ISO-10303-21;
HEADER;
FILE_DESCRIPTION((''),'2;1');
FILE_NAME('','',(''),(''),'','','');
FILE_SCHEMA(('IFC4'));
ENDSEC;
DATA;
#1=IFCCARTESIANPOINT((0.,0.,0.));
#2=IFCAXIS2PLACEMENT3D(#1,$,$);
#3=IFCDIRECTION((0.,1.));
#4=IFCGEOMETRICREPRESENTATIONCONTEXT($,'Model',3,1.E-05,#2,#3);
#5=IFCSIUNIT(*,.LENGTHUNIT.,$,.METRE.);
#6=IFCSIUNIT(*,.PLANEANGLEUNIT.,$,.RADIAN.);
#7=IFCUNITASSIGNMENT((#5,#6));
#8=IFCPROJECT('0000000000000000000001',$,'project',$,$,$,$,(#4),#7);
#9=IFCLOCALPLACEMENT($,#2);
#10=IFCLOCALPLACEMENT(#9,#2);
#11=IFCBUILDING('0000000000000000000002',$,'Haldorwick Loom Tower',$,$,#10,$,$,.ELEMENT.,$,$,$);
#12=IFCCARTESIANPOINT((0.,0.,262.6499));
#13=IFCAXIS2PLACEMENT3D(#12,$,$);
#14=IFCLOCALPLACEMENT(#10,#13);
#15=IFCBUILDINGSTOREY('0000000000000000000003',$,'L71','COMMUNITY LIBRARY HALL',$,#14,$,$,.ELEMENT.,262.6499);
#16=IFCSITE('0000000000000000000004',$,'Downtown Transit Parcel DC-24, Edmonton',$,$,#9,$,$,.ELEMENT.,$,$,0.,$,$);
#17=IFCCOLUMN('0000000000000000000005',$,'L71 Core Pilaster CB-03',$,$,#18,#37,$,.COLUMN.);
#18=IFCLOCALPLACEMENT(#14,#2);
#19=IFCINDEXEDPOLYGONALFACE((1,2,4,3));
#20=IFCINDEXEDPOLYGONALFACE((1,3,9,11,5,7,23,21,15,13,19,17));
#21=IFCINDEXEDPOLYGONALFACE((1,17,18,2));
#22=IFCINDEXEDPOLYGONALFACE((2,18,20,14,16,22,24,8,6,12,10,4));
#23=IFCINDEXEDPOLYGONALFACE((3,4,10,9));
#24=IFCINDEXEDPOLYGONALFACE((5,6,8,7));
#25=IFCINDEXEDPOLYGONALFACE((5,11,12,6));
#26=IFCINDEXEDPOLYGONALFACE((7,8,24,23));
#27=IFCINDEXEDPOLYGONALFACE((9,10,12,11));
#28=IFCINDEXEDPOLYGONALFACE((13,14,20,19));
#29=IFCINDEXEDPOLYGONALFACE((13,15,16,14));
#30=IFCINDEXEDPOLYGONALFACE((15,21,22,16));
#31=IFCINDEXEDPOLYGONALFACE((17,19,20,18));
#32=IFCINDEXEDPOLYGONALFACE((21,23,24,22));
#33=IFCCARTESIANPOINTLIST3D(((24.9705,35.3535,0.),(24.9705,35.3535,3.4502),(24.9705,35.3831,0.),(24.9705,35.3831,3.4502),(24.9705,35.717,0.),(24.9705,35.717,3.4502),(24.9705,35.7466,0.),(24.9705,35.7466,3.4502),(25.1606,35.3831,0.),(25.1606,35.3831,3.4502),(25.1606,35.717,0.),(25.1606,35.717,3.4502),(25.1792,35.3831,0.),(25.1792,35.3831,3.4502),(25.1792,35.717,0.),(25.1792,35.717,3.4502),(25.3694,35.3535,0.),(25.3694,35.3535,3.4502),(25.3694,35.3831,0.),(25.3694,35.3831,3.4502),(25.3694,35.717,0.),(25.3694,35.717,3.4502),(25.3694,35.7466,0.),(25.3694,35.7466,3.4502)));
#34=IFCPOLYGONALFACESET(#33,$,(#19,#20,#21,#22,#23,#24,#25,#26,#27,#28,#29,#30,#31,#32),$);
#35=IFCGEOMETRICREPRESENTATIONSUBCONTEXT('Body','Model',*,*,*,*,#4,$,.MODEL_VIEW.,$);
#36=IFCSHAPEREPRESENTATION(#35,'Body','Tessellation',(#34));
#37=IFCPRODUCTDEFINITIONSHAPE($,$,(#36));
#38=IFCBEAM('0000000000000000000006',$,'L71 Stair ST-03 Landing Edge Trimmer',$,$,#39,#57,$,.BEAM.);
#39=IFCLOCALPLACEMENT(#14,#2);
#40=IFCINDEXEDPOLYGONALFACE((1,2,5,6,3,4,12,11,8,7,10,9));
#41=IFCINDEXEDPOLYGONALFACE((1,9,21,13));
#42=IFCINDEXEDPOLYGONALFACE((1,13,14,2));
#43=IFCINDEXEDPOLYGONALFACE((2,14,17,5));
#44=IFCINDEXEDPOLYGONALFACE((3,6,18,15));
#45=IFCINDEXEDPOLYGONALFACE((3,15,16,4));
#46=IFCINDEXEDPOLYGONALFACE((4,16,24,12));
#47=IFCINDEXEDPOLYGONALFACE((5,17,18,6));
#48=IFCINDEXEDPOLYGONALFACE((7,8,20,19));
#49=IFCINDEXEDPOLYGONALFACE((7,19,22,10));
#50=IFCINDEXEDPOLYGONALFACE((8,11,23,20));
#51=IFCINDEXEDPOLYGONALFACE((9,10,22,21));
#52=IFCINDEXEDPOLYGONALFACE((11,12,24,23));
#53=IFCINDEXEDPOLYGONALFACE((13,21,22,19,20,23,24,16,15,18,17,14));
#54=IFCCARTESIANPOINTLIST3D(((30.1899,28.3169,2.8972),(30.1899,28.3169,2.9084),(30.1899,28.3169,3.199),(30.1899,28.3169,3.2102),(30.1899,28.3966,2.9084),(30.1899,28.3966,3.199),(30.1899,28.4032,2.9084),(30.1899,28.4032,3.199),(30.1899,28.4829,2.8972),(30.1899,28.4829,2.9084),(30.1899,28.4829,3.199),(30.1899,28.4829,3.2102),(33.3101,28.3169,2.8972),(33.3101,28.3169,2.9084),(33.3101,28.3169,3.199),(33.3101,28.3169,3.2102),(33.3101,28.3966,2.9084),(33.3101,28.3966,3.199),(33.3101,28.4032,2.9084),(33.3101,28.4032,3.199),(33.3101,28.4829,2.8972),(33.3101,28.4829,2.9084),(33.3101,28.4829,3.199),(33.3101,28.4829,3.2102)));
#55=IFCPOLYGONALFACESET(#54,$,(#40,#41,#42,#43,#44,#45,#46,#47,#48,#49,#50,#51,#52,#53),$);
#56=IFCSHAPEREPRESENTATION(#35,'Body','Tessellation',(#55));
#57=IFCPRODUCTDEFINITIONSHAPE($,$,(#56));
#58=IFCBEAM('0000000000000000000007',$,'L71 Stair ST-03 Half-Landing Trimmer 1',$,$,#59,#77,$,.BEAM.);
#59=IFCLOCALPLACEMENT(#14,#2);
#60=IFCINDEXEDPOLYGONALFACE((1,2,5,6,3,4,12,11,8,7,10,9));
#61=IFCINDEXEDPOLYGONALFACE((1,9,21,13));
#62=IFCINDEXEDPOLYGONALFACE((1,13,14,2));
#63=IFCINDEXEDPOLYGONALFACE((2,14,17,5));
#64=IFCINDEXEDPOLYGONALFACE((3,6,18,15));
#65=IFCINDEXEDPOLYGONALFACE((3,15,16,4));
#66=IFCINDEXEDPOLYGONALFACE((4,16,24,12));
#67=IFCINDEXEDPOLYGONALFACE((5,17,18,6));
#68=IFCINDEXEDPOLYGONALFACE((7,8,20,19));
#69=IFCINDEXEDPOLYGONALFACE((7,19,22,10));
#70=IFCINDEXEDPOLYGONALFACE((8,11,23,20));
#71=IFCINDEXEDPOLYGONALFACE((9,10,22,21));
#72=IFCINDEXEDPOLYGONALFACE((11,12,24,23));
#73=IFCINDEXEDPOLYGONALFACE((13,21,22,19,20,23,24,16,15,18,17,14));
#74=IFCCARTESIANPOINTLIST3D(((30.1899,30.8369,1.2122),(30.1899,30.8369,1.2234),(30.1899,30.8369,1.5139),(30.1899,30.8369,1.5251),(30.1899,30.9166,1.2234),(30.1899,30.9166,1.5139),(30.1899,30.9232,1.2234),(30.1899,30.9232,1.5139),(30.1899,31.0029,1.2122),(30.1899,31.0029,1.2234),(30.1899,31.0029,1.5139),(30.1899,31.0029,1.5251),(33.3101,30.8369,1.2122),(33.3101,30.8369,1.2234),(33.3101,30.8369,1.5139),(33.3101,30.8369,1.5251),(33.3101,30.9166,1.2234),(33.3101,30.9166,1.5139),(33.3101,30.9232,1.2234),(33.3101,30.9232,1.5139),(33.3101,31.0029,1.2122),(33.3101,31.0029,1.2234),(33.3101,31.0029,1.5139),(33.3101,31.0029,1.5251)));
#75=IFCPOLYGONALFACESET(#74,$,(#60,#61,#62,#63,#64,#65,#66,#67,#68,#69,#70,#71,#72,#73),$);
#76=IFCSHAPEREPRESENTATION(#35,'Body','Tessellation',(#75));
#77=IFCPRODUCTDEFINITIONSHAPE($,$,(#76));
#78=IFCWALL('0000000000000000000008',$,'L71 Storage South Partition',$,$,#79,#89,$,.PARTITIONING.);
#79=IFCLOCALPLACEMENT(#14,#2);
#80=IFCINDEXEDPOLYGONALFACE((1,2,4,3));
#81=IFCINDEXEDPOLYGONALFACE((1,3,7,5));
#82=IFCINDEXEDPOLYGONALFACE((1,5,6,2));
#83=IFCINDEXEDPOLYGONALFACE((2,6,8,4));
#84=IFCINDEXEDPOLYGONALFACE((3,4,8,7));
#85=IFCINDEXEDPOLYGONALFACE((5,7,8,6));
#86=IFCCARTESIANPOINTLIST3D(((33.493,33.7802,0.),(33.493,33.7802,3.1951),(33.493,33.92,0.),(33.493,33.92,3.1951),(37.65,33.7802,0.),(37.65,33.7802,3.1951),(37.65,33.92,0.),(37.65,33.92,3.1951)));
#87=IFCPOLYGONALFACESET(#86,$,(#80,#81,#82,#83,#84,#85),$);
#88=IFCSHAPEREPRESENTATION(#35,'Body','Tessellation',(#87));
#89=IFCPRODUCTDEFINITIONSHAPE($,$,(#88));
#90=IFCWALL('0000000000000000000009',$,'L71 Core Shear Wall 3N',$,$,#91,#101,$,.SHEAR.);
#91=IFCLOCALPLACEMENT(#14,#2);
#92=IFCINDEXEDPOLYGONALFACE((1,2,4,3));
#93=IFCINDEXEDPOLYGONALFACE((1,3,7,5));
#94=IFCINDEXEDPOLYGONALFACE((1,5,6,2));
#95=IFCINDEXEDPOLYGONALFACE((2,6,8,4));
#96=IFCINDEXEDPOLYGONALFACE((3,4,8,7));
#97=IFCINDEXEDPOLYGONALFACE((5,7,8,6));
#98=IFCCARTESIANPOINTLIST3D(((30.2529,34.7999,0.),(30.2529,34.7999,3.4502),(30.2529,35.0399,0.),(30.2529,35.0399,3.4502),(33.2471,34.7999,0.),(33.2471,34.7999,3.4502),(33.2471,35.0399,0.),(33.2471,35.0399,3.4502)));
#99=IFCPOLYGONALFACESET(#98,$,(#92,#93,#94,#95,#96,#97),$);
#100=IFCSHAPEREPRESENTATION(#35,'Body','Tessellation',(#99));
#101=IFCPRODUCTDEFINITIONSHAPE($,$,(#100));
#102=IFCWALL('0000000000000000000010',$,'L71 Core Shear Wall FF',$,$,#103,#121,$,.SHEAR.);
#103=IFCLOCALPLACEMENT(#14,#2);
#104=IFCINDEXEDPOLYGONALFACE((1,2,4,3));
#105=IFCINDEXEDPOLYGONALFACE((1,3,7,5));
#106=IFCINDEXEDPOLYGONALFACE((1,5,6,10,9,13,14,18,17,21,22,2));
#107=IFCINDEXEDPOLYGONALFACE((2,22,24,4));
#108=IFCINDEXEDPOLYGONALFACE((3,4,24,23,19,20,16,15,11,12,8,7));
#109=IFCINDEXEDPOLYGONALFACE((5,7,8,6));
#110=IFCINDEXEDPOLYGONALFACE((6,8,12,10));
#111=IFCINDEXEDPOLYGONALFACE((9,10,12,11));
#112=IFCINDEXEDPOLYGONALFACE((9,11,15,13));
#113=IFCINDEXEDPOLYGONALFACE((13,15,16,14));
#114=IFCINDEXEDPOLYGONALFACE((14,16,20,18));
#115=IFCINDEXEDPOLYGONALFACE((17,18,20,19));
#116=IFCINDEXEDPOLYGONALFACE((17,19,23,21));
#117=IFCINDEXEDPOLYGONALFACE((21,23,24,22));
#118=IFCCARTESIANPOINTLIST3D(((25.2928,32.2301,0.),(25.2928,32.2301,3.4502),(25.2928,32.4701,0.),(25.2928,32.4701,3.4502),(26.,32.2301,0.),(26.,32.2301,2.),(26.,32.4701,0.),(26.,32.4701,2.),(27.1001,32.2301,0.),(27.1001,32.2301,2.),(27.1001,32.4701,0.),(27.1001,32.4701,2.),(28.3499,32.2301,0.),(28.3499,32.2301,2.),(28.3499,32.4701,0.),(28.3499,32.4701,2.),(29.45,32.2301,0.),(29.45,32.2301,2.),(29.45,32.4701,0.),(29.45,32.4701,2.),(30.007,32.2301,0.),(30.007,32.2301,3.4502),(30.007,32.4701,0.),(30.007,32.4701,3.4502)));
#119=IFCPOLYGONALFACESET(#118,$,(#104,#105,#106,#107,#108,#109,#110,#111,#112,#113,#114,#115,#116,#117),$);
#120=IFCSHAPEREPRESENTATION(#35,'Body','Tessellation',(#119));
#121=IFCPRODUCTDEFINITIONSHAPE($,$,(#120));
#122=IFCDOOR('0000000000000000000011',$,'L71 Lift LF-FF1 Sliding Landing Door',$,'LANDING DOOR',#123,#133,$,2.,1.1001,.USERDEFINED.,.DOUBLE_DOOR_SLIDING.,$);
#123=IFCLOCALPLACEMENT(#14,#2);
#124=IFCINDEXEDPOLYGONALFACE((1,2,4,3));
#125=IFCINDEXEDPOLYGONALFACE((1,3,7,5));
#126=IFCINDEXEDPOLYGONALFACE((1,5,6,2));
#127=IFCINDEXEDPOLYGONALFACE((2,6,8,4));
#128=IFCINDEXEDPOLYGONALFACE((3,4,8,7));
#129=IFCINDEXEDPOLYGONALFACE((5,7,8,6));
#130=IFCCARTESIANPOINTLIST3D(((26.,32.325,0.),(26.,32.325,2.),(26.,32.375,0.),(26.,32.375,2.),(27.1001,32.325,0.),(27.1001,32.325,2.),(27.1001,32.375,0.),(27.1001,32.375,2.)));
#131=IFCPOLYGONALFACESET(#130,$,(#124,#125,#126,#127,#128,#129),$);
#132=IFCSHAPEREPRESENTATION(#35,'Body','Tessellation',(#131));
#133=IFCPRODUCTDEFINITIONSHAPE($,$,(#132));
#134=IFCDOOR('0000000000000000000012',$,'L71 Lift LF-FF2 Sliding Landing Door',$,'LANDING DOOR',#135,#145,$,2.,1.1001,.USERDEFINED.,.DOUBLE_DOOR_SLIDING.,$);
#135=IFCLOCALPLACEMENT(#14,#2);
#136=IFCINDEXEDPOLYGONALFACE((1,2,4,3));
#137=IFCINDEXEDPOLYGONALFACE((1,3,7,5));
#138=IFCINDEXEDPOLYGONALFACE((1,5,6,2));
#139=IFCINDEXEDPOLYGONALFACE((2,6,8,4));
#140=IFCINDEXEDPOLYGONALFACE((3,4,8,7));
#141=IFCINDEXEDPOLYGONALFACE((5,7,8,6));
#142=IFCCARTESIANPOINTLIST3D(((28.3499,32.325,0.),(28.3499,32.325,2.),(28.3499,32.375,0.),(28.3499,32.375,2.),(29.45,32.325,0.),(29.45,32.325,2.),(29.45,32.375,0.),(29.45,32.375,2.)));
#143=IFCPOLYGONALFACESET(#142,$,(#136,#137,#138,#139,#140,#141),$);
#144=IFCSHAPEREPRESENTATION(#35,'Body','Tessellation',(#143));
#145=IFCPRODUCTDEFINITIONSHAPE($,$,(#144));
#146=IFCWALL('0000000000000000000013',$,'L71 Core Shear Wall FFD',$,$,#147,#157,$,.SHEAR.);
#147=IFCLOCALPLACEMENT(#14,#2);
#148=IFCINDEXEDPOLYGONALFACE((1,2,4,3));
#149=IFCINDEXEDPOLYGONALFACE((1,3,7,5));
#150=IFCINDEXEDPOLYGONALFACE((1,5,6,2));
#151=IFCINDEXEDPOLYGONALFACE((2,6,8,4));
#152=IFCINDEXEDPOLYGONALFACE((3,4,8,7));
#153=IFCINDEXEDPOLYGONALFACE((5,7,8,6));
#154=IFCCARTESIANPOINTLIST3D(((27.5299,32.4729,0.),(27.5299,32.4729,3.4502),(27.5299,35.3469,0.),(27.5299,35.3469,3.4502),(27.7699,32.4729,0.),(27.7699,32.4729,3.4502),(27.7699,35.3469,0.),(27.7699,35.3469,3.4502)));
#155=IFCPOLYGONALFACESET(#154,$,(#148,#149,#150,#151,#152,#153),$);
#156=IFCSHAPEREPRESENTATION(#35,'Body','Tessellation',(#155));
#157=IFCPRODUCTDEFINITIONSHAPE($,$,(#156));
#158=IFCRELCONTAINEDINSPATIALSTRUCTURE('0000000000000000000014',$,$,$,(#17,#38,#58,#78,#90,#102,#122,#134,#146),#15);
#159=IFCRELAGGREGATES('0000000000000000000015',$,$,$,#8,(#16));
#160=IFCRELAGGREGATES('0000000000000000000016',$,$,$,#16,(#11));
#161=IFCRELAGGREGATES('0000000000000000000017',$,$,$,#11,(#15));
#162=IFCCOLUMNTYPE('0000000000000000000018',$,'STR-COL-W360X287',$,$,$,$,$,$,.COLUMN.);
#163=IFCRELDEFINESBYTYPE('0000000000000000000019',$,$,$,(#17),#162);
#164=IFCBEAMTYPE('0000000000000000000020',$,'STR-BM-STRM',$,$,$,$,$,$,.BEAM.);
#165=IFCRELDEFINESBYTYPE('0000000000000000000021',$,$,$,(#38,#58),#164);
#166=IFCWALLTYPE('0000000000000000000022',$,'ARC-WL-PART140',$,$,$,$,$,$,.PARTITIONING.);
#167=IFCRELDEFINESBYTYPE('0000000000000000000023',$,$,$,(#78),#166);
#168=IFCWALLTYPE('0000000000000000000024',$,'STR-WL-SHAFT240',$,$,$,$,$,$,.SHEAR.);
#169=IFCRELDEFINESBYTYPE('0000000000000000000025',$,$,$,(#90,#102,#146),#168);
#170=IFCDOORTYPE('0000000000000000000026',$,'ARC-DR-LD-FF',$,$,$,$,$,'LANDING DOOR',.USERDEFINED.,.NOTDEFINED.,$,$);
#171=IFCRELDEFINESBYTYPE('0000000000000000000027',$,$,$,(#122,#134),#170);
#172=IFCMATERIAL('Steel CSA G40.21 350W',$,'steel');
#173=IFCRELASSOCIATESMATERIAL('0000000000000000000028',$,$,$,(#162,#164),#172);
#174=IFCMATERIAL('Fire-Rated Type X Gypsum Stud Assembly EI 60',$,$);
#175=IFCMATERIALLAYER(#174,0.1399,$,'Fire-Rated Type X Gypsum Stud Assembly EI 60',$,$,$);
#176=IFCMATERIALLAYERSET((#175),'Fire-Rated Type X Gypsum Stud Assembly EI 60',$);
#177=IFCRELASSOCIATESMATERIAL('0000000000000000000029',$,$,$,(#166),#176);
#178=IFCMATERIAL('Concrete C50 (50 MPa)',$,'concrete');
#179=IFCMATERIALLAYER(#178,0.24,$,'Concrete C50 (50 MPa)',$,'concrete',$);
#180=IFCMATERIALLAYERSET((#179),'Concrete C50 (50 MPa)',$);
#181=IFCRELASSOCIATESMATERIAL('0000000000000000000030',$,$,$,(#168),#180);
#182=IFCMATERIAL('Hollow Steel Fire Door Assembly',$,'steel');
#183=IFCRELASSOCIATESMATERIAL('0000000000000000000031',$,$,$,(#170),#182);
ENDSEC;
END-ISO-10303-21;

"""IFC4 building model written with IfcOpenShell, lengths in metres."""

from ifc_helpers import new_model, si_unit, direction, frame, frame_2d, origin, origin_2d, place, context, subcontext, project, spatial, rectangle, i_section, extrude, material, layer, layer_set, material_profile, profile_set, type_object, element, fill, save


model = new_model("IFC4")

# Units and contexts
model_context = context("Model", 3, precision=1e-05, world=origin(), true_north=direction((0.0, 1.0)))
body_context = subcontext(model_context, "Body", "Model", "MODEL_VIEW")
ifc_project = project(units=[si_unit("LENGTHUNIT", "METRE"), si_unit("PLANEANGLEUNIT", "RADIAN")], contexts=[model_context])

# Site, building, storey
site_placement = place(None, origin())
site = spatial("IfcSite", under=ifc_project, at=site_placement, Name="Downtown Transit Parcel DC-24, Edmonton", CompositionType="ELEMENT", RefElevation=0.0)
building_placement = place(site_placement, origin())
building = spatial("IfcBuilding", under=site, at=building_placement, Name="Haldorwick Loom Tower", CompositionType="ELEMENT")
storey_placement = place(building_placement, frame((0.0, 0.0, 262.6499)))
storey = spatial("IfcBuildingStorey", under=building, at=storey_placement, Name="L71", Description="COMMUNITY LIBRARY HALL", CompositionType="ELEMENT", Elevation=262.6499)

# Column
ifc_material_1 = material(Name="Steel CSA G40.21 350W", Category="steel")
ifc_material_profile_1 = material_profile(ifc_material_1, i_section(OverallWidth=0.3989, OverallDepth=0.3931, WebThickness=0.0186, FlangeThickness=0.0295, at=origin_2d()), Name="W360X287", Category="steel")
ifc_profile_set_1 = profile_set([ifc_material_profile_1], Name="Steel CSA G40.21 350W")
column_type = type_object("IfcColumnType", Name="STR-COL-W360X287", PredefinedType="COLUMN", material=ifc_profile_set_1)
column_placement = place(storey_placement, frame((25.1699, 35.55, 0.0), z_axis=(0.0, 0.0, 1.0), x_axis=(1.0, 0.0, 0.0)))
element("IfcColumn", 1, at=column_placement, inside=storey, type_object=column_type, Name="L71 Core Pilaster CB-03", PredefinedType="COLUMN", context=body_context, shape_type="SweptSolid", body=[
    extrude(i_section(OverallWidth=0.3989, OverallDepth=0.3931, WebThickness=0.0186, FlangeThickness=0.0295, at=origin_2d()), origin(), (0.0, 0.0, 1.0), 3.4502),
])

# Beams
ifc_material_profile_2 = material_profile(ifc_material_1, i_section(OverallWidth=0.166, OverallDepth=0.313, WebThickness=0.0066, FlangeThickness=0.0112, at=origin_2d()), Name="W310X45", Category="steel")
ifc_profile_set_2 = profile_set([ifc_material_profile_2], Name="Steel CSA G40.21 350W")
beam_type = type_object("IfcBeamType", Name="STR-BM-STRM", PredefinedType="BEAM", material=ifc_profile_set_2)
for number, where, z_axis, x_axis, name in (
    (2, (30.1899, 28.3999, 3.0537), (1.0, 0.0, 0.0), (0.0, 1.0, 0.0), "L71 Stair ST-03 Landing Edge Trimmer"),
    (3, (30.1899, 30.9199, 1.3687), (1.0, 0.0, 0.0), (0.0, 1.0, 0.0), "L71 Stair ST-03 Half-Landing Trimmer 1"),
):
    element("IfcBeam", number, at=place(storey_placement, frame(where, z_axis=z_axis, x_axis=x_axis)), inside=storey, type_object=beam_type, Name=name, PredefinedType="BEAM", context=body_context, shape_type="SweptSolid", body=[
        extrude(i_section(OverallWidth=0.166, OverallDepth=0.313, WebThickness=0.0066, FlangeThickness=0.0112, at=origin_2d()), origin(), (0.0, 0.0, 1.0), 3.1201),
    ])

# Walls
ifc_material_2 = material(Name="Fire-Rated Type X Gypsum Stud Assembly EI 60")
ifc_layer_1 = layer(ifc_material_2, 0.1399, Name="Fire-Rated Type X Gypsum Stud Assembly EI 60")
ifc_layer_set_1 = layer_set([ifc_layer_1], Name="Fire-Rated Type X Gypsum Stud Assembly EI 60")
wall_type_1 = type_object("IfcWallType", Name="ARC-WL-PART140", PredefinedType="PARTITIONING", material=ifc_layer_set_1)
wall_1_placement = place(storey_placement, frame((33.4929, 33.8501, 0.0), z_axis=(0.0, 0.0, 1.0), x_axis=(1.0, 0.0, 0.0)))
element("IfcWall", 4, at=wall_1_placement, inside=storey, type_object=wall_type_1, Name="L71 Storage South Partition", PredefinedType="PARTITIONING", context=body_context, shape_type="SweptSolid", body=[
    extrude(rectangle(XDim=4.157, YDim=0.1399, at=frame_2d((2.0786, 0.0))), origin(), (0.0, 0.0, 1.0), 3.1951),
])
ifc_material_3 = material(Name="Concrete C50 (50 MPa)", Category="concrete")
ifc_layer_2 = layer(ifc_material_3, 0.24, Name="Concrete C50 (50 MPa)", Category="concrete")
ifc_layer_set_2 = layer_set([ifc_layer_2], Name="Concrete C50 (50 MPa)")
wall_type_2 = type_object("IfcWallType", Name="STR-WL-SHAFT240", PredefinedType="SHEAR", material=ifc_layer_set_2)
wall_2_placement = place(storey_placement, frame((30.2529, 34.9199, 0.0), z_axis=(0.0, 0.0, 1.0), x_axis=(1.0, 0.0, 0.0)))
element("IfcWall", 5, at=wall_2_placement, inside=storey, type_object=wall_type_2, Name="L71 Core Shear Wall 3N", PredefinedType="SHEAR", context=body_context, shape_type="SweptSolid", body=[
    extrude(rectangle(XDim=2.9941, YDim=0.24, at=frame_2d((1.4971, 0.0))), origin(), (0.0, 0.0, 1.0), 3.4502),
])

# Wall, openings, doors
wall_3_placement = place(storey_placement, frame((25.293, 32.3501, 0.0), z_axis=(0.0, 0.0, 1.0), x_axis=(1.0, 0.0, 0.0)))
wall_3 = element("IfcWall", 6, at=wall_3_placement, inside=storey, type_object=wall_type_2, Name="L71 Core Shear Wall FF", PredefinedType="SHEAR", context=body_context, shape_type="SweptSolid", body=[
    extrude(rectangle(XDim=4.7141, YDim=0.24, at=frame_2d((2.3569, 0.0))), origin(), (0.0, 0.0, 1.0), 3.4502),
])
opening_1_placement = place(wall_3_placement, frame((0.707, 0.0, 0.0)))
opening_1 = element("IfcOpeningElement", 7, at=opening_1_placement, cuts=wall_3, PredefinedType="OPENING", context=body_context, shape_type="SweptSolid", body=[
    extrude(rectangle(XDim=1.1001, YDim=2.0, at=frame_2d((0.55, 1.0))), frame((0.0, 0.1299, 0.0), z_axis=(0.0, -1.0, 0.0), x_axis=(1.0, 0.0, 0.0)), (0.0, 0.0, 1.0), 0.26),
])
opening_2_placement = place(wall_3_placement, frame((3.0569, 0.0, 0.0)))
opening_2 = element("IfcOpeningElement", 8, at=opening_2_placement, cuts=wall_3, PredefinedType="OPENING", context=body_context, shape_type="SweptSolid", body=[
    extrude(rectangle(XDim=1.1001, YDim=2.0, at=frame_2d((0.55, 1.0))), frame((0.0, 0.1299, 0.0), z_axis=(0.0, -1.0, 0.0), x_axis=(1.0, 0.0, 0.0)), (0.0, 0.0, 1.0), 0.26),
])
ifc_material_4 = material(Name="Hollow Steel Fire Door Assembly", Category="steel")
door_type_1 = type_object("IfcDoorType", Name="ARC-DR-LD-FF", ElementType="LANDING DOOR", OperationType="NOTDEFINED", PredefinedType="USERDEFINED", material=ifc_material_4)
door_1_placement = place(opening_1_placement, origin())
door_1 = element("IfcDoor", 9, at=door_1_placement, inside=storey, type_object=door_type_1, Name="L71 Lift LF-FF1 Sliding Landing Door", ObjectType="LANDING DOOR", OperationType="DOUBLE_DOOR_SLIDING", OverallHeight=2.0, OverallWidth=1.1001, PredefinedType="USERDEFINED", context=body_context, shape_type="SweptSolid", body=[
    extrude(rectangle(XDim=1.1001, YDim=2.0, at=frame_2d((0.55, 1.0))), frame((0.0, 0.0249, 0.0), z_axis=(0.0, -1.0, 0.0), x_axis=(1.0, 0.0, 0.0)), (0.0, 0.0, 1.0), 0.05),
])
fill(opening_1, door_1)
door_2_placement = place(opening_2_placement, origin())
door_2 = element("IfcDoor", 10, at=door_2_placement, inside=storey, type_object=door_type_1, Name="L71 Lift LF-FF2 Sliding Landing Door", ObjectType="LANDING DOOR", OperationType="DOUBLE_DOOR_SLIDING", OverallHeight=2.0, OverallWidth=1.1001, PredefinedType="USERDEFINED", context=body_context, shape_type="SweptSolid", body=[
    extrude(rectangle(XDim=1.1001, YDim=2.0, at=frame_2d((0.55, 1.0))), frame((0.0, 0.0249, 0.0), z_axis=(0.0, -1.0, 0.0), x_axis=(1.0, 0.0, 0.0)), (0.0, 0.0, 1.0), 0.05),
])
fill(opening_2, door_2)

# Wall
wall_4_placement = place(storey_placement, frame((27.6499, 32.4729, 0.0), z_axis=(0.0, 0.0, 1.0), x_axis=(0.0, 1.0, 0.0)))
element("IfcWall", 11, at=wall_4_placement, inside=storey, type_object=wall_type_2, Name="L71 Core Shear Wall FFD", PredefinedType="SHEAR", context=body_context, shape_type="SweptSolid", body=[
    extrude(rectangle(XDim=2.874, YDim=0.24, at=frame_2d((1.437, 0.0))), origin(), (0.0, 0.0, 1.0), 3.4502),
])

save(model, "model.ifc")
